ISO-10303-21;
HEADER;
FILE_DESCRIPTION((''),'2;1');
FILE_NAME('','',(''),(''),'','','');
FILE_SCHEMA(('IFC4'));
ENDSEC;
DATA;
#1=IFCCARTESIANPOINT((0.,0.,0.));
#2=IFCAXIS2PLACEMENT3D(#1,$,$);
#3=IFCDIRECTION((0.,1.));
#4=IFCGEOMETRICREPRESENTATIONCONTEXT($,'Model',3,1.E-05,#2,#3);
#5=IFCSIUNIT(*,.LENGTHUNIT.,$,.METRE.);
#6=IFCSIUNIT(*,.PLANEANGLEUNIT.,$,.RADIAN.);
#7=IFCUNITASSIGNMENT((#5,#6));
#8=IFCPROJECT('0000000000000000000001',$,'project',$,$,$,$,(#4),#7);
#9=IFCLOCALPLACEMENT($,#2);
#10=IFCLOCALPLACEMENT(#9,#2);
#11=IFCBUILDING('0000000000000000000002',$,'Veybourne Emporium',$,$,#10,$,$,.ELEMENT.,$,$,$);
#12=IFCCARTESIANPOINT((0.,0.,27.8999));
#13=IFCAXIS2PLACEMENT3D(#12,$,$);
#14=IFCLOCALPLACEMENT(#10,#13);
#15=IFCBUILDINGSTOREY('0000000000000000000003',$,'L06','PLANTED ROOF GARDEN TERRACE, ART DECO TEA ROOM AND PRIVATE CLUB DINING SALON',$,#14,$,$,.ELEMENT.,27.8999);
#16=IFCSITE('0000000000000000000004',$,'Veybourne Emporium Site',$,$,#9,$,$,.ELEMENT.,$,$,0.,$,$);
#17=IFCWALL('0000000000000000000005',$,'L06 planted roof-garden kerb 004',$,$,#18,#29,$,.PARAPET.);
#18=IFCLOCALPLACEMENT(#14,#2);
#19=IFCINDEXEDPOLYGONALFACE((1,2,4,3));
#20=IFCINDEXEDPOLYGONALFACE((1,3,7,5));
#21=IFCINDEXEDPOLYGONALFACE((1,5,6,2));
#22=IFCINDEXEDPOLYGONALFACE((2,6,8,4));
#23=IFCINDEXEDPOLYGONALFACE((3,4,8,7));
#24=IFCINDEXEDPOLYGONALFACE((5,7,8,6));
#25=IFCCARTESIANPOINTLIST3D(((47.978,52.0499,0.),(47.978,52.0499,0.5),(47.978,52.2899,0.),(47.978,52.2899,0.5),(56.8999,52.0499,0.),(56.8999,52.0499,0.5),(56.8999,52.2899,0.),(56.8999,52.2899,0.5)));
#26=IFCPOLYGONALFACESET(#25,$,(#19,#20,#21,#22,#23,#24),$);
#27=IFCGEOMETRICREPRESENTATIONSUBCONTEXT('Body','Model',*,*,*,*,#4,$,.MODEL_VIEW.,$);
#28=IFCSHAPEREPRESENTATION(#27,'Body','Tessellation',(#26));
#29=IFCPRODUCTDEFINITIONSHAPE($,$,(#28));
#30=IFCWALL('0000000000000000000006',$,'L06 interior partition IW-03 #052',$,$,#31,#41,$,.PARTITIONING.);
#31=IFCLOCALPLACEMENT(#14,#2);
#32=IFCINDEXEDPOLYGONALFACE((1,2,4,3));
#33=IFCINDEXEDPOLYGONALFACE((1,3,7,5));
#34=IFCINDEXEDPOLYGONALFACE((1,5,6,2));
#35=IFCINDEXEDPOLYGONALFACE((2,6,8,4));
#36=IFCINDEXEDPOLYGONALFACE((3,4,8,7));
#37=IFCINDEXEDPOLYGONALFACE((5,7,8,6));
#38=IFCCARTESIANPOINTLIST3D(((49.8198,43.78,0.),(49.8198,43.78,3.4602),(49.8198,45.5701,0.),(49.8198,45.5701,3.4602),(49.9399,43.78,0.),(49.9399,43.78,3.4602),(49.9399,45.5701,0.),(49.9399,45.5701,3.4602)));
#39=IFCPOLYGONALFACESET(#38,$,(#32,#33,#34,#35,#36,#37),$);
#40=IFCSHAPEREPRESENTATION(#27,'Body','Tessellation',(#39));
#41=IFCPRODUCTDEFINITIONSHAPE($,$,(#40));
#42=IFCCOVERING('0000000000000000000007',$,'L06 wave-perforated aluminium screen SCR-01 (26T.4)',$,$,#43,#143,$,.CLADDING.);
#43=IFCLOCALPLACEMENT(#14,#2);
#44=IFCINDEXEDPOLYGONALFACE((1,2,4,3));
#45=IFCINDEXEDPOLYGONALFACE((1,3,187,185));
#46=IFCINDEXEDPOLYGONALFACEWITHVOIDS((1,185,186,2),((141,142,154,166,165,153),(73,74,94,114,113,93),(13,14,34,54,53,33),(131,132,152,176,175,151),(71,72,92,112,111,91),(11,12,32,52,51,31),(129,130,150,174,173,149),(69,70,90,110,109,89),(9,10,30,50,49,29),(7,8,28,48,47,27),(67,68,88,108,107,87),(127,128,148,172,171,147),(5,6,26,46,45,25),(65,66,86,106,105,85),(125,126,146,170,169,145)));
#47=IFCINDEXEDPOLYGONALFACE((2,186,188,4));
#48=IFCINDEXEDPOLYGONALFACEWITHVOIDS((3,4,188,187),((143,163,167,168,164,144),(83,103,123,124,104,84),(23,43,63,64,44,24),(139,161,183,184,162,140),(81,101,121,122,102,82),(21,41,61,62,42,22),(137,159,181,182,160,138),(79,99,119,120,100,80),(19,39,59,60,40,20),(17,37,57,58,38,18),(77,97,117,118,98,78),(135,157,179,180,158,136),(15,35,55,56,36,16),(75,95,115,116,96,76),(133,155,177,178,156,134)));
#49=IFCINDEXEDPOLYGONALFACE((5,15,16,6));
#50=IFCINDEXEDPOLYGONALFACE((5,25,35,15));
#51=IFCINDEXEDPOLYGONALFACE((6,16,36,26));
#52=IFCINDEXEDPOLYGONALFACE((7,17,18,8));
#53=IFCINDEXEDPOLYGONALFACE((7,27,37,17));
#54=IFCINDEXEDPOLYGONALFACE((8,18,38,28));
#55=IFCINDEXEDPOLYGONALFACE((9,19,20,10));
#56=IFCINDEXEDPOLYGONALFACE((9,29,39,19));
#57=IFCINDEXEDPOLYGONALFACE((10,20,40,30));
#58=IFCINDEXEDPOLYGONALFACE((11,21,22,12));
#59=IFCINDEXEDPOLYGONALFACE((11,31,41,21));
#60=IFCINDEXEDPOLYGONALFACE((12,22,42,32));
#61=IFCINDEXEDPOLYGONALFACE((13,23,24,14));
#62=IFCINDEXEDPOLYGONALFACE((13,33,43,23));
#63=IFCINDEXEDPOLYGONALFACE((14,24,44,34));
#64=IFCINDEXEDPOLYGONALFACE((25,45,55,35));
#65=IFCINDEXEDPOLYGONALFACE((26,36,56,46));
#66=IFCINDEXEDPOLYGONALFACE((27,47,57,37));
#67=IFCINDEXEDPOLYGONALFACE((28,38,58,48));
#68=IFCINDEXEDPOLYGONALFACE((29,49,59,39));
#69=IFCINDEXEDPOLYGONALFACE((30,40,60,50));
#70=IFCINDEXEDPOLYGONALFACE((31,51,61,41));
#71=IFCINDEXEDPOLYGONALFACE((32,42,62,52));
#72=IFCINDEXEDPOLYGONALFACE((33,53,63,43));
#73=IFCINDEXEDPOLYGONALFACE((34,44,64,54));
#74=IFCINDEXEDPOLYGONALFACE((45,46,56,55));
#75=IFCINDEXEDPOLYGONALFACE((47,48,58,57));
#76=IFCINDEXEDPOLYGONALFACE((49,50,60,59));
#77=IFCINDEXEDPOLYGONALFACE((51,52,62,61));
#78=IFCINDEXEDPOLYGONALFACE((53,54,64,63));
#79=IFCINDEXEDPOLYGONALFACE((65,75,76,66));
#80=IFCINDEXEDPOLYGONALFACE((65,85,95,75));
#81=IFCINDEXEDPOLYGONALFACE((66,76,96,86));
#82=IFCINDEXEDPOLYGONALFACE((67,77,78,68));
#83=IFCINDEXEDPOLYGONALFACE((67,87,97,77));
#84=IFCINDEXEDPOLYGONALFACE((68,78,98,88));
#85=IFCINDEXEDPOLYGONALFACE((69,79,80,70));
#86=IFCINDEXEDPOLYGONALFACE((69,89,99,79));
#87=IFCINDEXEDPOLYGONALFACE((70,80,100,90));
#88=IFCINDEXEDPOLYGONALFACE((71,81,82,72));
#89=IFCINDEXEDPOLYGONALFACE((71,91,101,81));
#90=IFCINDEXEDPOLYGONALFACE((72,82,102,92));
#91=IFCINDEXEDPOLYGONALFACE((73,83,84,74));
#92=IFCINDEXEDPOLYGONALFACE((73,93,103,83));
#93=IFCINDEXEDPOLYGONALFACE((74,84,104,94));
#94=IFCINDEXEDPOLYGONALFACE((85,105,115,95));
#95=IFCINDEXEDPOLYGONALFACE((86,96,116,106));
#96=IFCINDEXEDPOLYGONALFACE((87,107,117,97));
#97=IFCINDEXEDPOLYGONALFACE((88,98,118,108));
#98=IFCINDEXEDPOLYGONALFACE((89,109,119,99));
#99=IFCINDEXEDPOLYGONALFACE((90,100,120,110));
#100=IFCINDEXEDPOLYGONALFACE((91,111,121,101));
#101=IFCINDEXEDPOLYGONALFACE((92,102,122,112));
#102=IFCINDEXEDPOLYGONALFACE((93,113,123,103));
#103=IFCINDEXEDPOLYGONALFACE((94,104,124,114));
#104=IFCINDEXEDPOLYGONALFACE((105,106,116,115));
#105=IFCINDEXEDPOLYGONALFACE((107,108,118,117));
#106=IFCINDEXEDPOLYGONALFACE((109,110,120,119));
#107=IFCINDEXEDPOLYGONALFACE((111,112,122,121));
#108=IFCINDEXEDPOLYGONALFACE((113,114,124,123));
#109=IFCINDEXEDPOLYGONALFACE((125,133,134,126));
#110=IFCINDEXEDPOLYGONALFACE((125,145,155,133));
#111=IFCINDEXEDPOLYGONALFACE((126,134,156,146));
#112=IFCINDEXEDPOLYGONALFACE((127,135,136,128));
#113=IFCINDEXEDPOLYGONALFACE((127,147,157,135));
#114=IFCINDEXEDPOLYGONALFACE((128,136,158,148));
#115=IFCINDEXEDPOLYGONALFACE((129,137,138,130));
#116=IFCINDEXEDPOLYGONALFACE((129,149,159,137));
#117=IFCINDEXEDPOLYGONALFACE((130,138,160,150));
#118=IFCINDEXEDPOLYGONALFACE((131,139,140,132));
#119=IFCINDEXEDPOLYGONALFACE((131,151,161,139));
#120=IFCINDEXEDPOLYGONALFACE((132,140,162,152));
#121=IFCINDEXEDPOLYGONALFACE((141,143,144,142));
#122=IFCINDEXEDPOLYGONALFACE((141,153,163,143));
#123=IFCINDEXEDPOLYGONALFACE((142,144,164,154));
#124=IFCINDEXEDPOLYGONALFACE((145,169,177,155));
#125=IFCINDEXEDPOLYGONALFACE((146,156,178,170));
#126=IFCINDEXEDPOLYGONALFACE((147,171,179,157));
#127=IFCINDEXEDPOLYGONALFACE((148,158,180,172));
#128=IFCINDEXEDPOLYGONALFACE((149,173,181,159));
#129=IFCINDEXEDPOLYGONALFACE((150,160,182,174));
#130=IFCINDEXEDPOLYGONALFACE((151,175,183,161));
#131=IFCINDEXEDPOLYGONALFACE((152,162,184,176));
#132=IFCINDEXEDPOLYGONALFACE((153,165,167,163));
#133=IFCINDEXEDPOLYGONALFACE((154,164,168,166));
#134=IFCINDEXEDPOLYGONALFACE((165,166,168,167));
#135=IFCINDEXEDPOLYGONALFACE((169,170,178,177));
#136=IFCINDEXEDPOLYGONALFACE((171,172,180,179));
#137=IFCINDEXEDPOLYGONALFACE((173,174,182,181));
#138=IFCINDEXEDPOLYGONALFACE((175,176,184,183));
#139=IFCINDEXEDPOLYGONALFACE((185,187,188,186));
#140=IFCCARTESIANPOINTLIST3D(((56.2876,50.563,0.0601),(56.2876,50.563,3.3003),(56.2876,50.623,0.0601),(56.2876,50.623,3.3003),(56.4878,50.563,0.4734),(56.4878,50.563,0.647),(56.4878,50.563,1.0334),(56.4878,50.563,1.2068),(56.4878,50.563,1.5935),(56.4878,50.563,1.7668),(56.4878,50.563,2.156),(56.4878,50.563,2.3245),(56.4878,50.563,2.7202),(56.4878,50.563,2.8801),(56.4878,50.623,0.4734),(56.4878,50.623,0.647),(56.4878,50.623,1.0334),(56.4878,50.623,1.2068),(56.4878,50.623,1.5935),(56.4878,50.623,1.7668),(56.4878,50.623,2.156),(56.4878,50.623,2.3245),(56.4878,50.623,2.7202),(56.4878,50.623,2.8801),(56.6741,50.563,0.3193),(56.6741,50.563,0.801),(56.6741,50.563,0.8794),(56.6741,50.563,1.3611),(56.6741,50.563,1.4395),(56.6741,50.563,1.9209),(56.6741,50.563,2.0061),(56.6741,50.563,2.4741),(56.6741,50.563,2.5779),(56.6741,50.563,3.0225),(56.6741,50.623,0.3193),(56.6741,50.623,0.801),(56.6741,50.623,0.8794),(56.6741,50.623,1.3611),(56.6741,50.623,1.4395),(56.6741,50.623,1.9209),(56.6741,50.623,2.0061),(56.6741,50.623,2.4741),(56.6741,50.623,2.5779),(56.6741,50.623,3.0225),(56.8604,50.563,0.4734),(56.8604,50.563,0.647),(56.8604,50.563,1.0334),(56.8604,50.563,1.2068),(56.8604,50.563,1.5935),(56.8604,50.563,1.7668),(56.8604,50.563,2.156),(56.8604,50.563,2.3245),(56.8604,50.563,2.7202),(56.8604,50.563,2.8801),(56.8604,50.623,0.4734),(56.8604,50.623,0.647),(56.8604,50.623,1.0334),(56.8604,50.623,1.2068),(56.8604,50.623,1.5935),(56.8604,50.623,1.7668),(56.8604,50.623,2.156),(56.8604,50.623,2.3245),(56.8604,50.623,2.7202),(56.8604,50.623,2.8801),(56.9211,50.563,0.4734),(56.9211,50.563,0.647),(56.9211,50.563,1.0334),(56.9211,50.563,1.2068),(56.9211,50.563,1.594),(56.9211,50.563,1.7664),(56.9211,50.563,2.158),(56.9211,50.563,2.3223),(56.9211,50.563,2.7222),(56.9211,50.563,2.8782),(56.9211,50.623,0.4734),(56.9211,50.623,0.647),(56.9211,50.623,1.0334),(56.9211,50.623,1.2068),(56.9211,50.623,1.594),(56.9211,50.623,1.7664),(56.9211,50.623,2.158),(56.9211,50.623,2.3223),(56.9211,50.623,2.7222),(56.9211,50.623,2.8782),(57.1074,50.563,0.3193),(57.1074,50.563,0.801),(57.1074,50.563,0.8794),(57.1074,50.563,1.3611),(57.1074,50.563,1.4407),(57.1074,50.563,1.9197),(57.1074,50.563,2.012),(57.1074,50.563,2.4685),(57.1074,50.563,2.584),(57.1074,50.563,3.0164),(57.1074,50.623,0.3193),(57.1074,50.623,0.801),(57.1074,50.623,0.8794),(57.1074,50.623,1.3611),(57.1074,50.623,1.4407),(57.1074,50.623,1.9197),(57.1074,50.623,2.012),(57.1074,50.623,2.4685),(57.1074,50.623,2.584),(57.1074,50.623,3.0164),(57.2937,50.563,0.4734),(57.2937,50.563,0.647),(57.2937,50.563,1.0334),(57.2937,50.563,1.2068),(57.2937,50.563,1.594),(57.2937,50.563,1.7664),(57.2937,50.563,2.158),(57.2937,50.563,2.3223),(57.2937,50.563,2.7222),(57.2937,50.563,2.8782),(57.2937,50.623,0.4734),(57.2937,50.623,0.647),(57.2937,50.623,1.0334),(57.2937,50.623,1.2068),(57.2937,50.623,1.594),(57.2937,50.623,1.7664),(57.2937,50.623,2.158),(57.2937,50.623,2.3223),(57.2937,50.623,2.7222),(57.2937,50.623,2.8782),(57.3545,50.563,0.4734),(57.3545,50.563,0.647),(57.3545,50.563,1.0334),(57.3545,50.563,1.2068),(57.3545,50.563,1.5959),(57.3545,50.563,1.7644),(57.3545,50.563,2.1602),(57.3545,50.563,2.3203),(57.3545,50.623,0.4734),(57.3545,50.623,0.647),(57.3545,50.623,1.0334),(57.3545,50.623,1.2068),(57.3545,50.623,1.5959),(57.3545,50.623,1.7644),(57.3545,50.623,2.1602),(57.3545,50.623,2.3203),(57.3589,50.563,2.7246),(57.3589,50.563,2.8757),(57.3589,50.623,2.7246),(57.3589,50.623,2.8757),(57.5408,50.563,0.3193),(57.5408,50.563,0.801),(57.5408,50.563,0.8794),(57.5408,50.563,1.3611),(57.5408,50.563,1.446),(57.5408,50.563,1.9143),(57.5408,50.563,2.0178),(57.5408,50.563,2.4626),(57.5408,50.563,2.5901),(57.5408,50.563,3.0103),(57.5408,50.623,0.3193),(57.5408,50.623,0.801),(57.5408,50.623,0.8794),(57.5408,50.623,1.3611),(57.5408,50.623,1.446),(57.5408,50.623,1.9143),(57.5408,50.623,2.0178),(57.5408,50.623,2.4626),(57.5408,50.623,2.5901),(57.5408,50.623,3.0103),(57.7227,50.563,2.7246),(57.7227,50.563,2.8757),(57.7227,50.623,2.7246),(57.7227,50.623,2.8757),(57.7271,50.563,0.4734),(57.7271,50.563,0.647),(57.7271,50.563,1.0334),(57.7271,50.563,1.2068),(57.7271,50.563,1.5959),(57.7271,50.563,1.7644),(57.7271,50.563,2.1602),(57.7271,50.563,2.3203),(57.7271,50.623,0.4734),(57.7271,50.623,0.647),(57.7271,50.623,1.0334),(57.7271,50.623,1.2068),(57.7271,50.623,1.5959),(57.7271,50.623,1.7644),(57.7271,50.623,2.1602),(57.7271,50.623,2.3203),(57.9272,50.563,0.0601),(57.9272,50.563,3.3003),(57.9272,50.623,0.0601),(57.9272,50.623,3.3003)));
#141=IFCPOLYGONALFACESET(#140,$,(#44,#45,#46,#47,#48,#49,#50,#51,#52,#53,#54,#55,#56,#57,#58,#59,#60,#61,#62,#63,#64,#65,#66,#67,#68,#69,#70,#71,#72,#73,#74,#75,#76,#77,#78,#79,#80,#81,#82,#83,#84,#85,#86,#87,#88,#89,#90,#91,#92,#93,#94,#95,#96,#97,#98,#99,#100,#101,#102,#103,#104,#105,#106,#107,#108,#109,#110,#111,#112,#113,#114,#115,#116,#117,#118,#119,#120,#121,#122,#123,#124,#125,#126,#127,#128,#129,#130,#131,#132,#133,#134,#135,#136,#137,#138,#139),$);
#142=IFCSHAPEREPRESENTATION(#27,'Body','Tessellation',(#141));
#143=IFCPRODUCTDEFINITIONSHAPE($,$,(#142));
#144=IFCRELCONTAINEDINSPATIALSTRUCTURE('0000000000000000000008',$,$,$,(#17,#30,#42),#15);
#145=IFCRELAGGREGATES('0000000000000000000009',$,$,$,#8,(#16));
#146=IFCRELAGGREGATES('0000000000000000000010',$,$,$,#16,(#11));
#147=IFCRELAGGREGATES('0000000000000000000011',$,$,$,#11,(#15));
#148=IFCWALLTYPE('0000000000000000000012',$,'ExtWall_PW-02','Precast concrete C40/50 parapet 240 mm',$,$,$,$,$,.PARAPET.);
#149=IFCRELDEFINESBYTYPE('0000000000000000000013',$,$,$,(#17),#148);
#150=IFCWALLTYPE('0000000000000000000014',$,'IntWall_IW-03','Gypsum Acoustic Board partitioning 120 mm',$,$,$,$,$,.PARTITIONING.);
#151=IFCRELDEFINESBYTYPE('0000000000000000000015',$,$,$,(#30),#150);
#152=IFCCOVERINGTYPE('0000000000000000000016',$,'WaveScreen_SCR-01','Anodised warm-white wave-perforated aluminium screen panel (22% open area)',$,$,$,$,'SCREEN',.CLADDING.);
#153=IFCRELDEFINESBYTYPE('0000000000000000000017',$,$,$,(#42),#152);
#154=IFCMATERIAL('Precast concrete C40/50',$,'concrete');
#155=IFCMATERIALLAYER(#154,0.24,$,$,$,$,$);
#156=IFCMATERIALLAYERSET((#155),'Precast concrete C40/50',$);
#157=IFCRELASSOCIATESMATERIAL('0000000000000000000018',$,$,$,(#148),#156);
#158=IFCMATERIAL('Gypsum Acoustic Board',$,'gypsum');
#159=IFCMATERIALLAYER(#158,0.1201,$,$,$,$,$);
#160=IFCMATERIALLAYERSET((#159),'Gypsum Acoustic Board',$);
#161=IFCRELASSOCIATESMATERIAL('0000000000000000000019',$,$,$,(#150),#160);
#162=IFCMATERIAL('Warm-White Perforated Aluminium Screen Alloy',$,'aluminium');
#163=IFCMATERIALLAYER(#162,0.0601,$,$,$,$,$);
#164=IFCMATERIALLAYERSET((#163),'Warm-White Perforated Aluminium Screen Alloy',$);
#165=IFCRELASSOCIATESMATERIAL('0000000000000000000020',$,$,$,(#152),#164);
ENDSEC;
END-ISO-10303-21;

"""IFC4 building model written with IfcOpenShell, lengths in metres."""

from ifc_helpers import new_model, si_unit, direction, frame, frame_2d, origin, place, context, subcontext, project, spatial, polyline, rectangle, outline, extrude, material, layer, layer_set, type_object, element, save


model = new_model("IFC4")

# Units and contexts
model_context = context("Model", 3, precision=1e-05, world=origin(), true_north=direction((0.0, 1.0)))
body_context = subcontext(model_context, "Body", "Model", "MODEL_VIEW")
ifc_project = project(units=[si_unit("LENGTHUNIT", "METRE"), si_unit("PLANEANGLEUNIT", "RADIAN")], contexts=[model_context])

# Site, building, storey
site_placement = place(None, origin())
site = spatial("IfcSite", under=ifc_project, at=site_placement, Name="Veybourne Emporium Site", CompositionType="ELEMENT", RefElevation=0.0)
building_placement = place(site_placement, origin())
building = spatial("IfcBuilding", under=site, at=building_placement, Name="Veybourne Emporium", CompositionType="ELEMENT")
storey_placement = place(building_placement, frame((0.0, 0.0, 27.8999)))
storey = spatial("IfcBuildingStorey", under=building, at=storey_placement, Name="L06", Description="PLANTED ROOF GARDEN TERRACE, ART DECO TEA ROOM AND PRIVATE CLUB DINING SALON", CompositionType="ELEMENT", Elevation=27.8999)

# Walls
ifc_material_1 = material(Name="Precast concrete C40/50", Category="concrete")
ifc_layer_1 = layer(ifc_material_1, 0.24)
ifc_layer_set_1 = layer_set([ifc_layer_1], Name="Precast concrete C40/50")
wall_type_1 = type_object("IfcWallType", Name="ExtWall_PW-02", Description="Precast concrete C40/50 parapet 240 mm", PredefinedType="PARAPET", material=ifc_layer_set_1)
wall_1_placement = place(storey_placement, frame((56.8999, 52.1699, 0.0), z_axis=(0.0, 0.0, 1.0), x_axis=(-1.0, 0.0, 0.0)))
element("IfcWall", 1, at=wall_1_placement, inside=storey, type_object=wall_type_1, Name="L06 planted roof-garden kerb 004", PredefinedType="PARAPET", context=body_context, shape_type="SweptSolid", body=[
    extrude(rectangle(XDim=8.9219, YDim=0.24, at=frame_2d((4.4609, 0.0))), origin(), (0.0, 0.0, 1.0), 0.5),
])
ifc_material_2 = material(Name="Gypsum Acoustic Board", Category="gypsum")
ifc_layer_2 = layer(ifc_material_2, 0.1201)
ifc_layer_set_2 = layer_set([ifc_layer_2], Name="Gypsum Acoustic Board")
wall_type_2 = type_object("IfcWallType", Name="IntWall_IW-03", Description="Gypsum Acoustic Board partitioning 120 mm", PredefinedType="PARTITIONING", material=ifc_layer_set_2)
wall_2_placement = place(storey_placement, frame((49.8799, 43.78, 0.0), z_axis=(0.0, 0.0, 1.0), x_axis=(0.0, 1.0, 0.0)))
element("IfcWall", 2, at=wall_2_placement, inside=storey, type_object=wall_type_2, Name="L06 interior partition IW-03 #052", PredefinedType="PARTITIONING", context=body_context, shape_type="SweptSolid", body=[
    extrude(rectangle(XDim=1.79, YDim=0.1201, at=frame_2d((0.895, 0.0))), origin(), (0.0, 0.0, 1.0), 3.4602),
])

# Covering
ifc_material_3 = material(Name="Warm-White Perforated Aluminium Screen Alloy", Category="aluminium")
ifc_layer_3 = layer(ifc_material_3, 0.0601)
ifc_layer_set_3 = layer_set([ifc_layer_3], Name="Warm-White Perforated Aluminium Screen Alloy")
covering_type_1 = type_object("IfcCoveringType", Name="WaveScreen_SCR-01", Description="Anodised warm-white wave-perforated aluminium screen panel (22% open area)", ElementType="SCREEN", PredefinedType="CLADDING", material=ifc_layer_set_3)
covering_1_placement = place(storey_placement, frame((57.1074, 50.623, 1.6802), z_axis=(0.0, -1.0, 0.0), x_axis=(1.0, 0.0, 0.0)))
element("IfcCovering", 3, at=covering_1_placement, inside=storey, type_object=covering_type_1, Name="L06 wave-perforated aluminium screen SCR-01 (26T.4)", PredefinedType="CLADDING", context=body_context, shape_type="SweptSolid", body=[
    extrude(outline(polyline([(-0.8198, -1.6201), (0.8198, -1.6201), (0.8198, 1.6201), (-0.8198, 1.6201), (-0.8198, -1.6201)]), holes=[polyline([(-0.4333, -0.8792), (-0.2471, -1.0332), (-0.2471, -1.2068), (-0.4333, -1.3608), (-0.6196, -1.2068), (-0.6196, -1.0332), (-0.4333, -0.8792)]), polyline([(-0.4333, -0.3191), (-0.2471, -0.4734), (-0.2471, -0.6467), (-0.4333, -0.8008), (-0.6196, -0.6467), (-0.6196, -0.4734), (-0.4333, -0.3191)]), polyline([(-0.4333, 0.2407), (-0.2471, 0.0867), (-0.2471, -0.0867), (-0.4333, -0.2407), (-0.6196, -0.0867), (-0.6196, 0.0867), (-0.4333, 0.2407)]), polyline([(-0.4333, 0.7939), (-0.2471, 0.6443), (-0.2471, 0.4758), (-0.4333, 0.3259), (-0.6196, 0.4758), (-0.6196, 0.6443), (-0.4333, 0.7939)]), polyline([(-0.4333, 1.3423), (-0.2471, 1.2), (-0.2471, 1.04), (-0.4333, 0.8977), (-0.6196, 1.04), (-0.6196, 1.2), (-0.4333, 1.3423)]), polyline([(0.0, -0.8792), (0.1863, -1.0332), (0.1863, -1.2068), (0.0, -1.3608), (-0.1863, -1.2068), (-0.1863, -1.0332), (0.0, -0.8792)]), polyline([(0.0, -0.3191), (0.1863, -0.4734), (0.1863, -0.6467), (0.0, -0.8008), (-0.1863, -0.6467), (-0.1863, -0.4734), (0.0, -0.3191)]), polyline([(0.0, 0.2395), (0.1863, 0.0862), (0.1863, -0.0862), (0.0, -0.2395), (-0.1863, -0.0862), (-0.1863, 0.0862), (0.0, 0.2395)]), polyline([(0.0, 0.7883), (0.1863, 0.6421), (0.1863, 0.4778), (0.0, 0.3318), (-0.1863, 0.4778), (-0.1863, 0.6421), (0.0, 0.7883)]), polyline([(0.0, 1.3362), (0.1863, 1.198), (0.1863, 1.042), (0.0, 0.9038), (-0.1863, 1.042), (-0.1863, 1.198), (0.0, 1.3362)]), polyline([(0.4333, -0.8792), (0.6196, -1.0332), (0.6196, -1.2068), (0.4333, -1.3608), (0.2471, -1.2068), (0.2471, -1.0332), (0.4333, -0.8792)]), polyline([(0.4333, -0.3191), (0.6196, -0.4734), (0.6196, -0.6467), (0.4333, -0.8008), (0.2471, -0.6467), (0.2471, -0.4734), (0.4333, -0.3191)]), polyline([(0.4333, 0.2341), (0.6196, 0.0842), (0.6196, -0.0842), (0.4333, -0.2341), (0.2471, -0.0842), (0.2471, 0.0842), (0.4333, 0.2341)]), polyline([(0.4333, 0.7825), (0.6196, 0.6401), (0.6196, 0.48), (0.4333, 0.3376), (0.2471, 0.48), (0.2471, 0.6401), (0.4333, 0.7825)]), polyline([(0.4333, 1.3301), (0.6152, 1.1956), (0.6152, 1.0444), (0.4333, 0.9099), (0.2515, 1.0444), (0.2515, 1.1956), (0.4333, 1.3301)])]), origin(), (0.0, 0.0, 1.0), 0.0601),
])

save(model, "model.ifc")
